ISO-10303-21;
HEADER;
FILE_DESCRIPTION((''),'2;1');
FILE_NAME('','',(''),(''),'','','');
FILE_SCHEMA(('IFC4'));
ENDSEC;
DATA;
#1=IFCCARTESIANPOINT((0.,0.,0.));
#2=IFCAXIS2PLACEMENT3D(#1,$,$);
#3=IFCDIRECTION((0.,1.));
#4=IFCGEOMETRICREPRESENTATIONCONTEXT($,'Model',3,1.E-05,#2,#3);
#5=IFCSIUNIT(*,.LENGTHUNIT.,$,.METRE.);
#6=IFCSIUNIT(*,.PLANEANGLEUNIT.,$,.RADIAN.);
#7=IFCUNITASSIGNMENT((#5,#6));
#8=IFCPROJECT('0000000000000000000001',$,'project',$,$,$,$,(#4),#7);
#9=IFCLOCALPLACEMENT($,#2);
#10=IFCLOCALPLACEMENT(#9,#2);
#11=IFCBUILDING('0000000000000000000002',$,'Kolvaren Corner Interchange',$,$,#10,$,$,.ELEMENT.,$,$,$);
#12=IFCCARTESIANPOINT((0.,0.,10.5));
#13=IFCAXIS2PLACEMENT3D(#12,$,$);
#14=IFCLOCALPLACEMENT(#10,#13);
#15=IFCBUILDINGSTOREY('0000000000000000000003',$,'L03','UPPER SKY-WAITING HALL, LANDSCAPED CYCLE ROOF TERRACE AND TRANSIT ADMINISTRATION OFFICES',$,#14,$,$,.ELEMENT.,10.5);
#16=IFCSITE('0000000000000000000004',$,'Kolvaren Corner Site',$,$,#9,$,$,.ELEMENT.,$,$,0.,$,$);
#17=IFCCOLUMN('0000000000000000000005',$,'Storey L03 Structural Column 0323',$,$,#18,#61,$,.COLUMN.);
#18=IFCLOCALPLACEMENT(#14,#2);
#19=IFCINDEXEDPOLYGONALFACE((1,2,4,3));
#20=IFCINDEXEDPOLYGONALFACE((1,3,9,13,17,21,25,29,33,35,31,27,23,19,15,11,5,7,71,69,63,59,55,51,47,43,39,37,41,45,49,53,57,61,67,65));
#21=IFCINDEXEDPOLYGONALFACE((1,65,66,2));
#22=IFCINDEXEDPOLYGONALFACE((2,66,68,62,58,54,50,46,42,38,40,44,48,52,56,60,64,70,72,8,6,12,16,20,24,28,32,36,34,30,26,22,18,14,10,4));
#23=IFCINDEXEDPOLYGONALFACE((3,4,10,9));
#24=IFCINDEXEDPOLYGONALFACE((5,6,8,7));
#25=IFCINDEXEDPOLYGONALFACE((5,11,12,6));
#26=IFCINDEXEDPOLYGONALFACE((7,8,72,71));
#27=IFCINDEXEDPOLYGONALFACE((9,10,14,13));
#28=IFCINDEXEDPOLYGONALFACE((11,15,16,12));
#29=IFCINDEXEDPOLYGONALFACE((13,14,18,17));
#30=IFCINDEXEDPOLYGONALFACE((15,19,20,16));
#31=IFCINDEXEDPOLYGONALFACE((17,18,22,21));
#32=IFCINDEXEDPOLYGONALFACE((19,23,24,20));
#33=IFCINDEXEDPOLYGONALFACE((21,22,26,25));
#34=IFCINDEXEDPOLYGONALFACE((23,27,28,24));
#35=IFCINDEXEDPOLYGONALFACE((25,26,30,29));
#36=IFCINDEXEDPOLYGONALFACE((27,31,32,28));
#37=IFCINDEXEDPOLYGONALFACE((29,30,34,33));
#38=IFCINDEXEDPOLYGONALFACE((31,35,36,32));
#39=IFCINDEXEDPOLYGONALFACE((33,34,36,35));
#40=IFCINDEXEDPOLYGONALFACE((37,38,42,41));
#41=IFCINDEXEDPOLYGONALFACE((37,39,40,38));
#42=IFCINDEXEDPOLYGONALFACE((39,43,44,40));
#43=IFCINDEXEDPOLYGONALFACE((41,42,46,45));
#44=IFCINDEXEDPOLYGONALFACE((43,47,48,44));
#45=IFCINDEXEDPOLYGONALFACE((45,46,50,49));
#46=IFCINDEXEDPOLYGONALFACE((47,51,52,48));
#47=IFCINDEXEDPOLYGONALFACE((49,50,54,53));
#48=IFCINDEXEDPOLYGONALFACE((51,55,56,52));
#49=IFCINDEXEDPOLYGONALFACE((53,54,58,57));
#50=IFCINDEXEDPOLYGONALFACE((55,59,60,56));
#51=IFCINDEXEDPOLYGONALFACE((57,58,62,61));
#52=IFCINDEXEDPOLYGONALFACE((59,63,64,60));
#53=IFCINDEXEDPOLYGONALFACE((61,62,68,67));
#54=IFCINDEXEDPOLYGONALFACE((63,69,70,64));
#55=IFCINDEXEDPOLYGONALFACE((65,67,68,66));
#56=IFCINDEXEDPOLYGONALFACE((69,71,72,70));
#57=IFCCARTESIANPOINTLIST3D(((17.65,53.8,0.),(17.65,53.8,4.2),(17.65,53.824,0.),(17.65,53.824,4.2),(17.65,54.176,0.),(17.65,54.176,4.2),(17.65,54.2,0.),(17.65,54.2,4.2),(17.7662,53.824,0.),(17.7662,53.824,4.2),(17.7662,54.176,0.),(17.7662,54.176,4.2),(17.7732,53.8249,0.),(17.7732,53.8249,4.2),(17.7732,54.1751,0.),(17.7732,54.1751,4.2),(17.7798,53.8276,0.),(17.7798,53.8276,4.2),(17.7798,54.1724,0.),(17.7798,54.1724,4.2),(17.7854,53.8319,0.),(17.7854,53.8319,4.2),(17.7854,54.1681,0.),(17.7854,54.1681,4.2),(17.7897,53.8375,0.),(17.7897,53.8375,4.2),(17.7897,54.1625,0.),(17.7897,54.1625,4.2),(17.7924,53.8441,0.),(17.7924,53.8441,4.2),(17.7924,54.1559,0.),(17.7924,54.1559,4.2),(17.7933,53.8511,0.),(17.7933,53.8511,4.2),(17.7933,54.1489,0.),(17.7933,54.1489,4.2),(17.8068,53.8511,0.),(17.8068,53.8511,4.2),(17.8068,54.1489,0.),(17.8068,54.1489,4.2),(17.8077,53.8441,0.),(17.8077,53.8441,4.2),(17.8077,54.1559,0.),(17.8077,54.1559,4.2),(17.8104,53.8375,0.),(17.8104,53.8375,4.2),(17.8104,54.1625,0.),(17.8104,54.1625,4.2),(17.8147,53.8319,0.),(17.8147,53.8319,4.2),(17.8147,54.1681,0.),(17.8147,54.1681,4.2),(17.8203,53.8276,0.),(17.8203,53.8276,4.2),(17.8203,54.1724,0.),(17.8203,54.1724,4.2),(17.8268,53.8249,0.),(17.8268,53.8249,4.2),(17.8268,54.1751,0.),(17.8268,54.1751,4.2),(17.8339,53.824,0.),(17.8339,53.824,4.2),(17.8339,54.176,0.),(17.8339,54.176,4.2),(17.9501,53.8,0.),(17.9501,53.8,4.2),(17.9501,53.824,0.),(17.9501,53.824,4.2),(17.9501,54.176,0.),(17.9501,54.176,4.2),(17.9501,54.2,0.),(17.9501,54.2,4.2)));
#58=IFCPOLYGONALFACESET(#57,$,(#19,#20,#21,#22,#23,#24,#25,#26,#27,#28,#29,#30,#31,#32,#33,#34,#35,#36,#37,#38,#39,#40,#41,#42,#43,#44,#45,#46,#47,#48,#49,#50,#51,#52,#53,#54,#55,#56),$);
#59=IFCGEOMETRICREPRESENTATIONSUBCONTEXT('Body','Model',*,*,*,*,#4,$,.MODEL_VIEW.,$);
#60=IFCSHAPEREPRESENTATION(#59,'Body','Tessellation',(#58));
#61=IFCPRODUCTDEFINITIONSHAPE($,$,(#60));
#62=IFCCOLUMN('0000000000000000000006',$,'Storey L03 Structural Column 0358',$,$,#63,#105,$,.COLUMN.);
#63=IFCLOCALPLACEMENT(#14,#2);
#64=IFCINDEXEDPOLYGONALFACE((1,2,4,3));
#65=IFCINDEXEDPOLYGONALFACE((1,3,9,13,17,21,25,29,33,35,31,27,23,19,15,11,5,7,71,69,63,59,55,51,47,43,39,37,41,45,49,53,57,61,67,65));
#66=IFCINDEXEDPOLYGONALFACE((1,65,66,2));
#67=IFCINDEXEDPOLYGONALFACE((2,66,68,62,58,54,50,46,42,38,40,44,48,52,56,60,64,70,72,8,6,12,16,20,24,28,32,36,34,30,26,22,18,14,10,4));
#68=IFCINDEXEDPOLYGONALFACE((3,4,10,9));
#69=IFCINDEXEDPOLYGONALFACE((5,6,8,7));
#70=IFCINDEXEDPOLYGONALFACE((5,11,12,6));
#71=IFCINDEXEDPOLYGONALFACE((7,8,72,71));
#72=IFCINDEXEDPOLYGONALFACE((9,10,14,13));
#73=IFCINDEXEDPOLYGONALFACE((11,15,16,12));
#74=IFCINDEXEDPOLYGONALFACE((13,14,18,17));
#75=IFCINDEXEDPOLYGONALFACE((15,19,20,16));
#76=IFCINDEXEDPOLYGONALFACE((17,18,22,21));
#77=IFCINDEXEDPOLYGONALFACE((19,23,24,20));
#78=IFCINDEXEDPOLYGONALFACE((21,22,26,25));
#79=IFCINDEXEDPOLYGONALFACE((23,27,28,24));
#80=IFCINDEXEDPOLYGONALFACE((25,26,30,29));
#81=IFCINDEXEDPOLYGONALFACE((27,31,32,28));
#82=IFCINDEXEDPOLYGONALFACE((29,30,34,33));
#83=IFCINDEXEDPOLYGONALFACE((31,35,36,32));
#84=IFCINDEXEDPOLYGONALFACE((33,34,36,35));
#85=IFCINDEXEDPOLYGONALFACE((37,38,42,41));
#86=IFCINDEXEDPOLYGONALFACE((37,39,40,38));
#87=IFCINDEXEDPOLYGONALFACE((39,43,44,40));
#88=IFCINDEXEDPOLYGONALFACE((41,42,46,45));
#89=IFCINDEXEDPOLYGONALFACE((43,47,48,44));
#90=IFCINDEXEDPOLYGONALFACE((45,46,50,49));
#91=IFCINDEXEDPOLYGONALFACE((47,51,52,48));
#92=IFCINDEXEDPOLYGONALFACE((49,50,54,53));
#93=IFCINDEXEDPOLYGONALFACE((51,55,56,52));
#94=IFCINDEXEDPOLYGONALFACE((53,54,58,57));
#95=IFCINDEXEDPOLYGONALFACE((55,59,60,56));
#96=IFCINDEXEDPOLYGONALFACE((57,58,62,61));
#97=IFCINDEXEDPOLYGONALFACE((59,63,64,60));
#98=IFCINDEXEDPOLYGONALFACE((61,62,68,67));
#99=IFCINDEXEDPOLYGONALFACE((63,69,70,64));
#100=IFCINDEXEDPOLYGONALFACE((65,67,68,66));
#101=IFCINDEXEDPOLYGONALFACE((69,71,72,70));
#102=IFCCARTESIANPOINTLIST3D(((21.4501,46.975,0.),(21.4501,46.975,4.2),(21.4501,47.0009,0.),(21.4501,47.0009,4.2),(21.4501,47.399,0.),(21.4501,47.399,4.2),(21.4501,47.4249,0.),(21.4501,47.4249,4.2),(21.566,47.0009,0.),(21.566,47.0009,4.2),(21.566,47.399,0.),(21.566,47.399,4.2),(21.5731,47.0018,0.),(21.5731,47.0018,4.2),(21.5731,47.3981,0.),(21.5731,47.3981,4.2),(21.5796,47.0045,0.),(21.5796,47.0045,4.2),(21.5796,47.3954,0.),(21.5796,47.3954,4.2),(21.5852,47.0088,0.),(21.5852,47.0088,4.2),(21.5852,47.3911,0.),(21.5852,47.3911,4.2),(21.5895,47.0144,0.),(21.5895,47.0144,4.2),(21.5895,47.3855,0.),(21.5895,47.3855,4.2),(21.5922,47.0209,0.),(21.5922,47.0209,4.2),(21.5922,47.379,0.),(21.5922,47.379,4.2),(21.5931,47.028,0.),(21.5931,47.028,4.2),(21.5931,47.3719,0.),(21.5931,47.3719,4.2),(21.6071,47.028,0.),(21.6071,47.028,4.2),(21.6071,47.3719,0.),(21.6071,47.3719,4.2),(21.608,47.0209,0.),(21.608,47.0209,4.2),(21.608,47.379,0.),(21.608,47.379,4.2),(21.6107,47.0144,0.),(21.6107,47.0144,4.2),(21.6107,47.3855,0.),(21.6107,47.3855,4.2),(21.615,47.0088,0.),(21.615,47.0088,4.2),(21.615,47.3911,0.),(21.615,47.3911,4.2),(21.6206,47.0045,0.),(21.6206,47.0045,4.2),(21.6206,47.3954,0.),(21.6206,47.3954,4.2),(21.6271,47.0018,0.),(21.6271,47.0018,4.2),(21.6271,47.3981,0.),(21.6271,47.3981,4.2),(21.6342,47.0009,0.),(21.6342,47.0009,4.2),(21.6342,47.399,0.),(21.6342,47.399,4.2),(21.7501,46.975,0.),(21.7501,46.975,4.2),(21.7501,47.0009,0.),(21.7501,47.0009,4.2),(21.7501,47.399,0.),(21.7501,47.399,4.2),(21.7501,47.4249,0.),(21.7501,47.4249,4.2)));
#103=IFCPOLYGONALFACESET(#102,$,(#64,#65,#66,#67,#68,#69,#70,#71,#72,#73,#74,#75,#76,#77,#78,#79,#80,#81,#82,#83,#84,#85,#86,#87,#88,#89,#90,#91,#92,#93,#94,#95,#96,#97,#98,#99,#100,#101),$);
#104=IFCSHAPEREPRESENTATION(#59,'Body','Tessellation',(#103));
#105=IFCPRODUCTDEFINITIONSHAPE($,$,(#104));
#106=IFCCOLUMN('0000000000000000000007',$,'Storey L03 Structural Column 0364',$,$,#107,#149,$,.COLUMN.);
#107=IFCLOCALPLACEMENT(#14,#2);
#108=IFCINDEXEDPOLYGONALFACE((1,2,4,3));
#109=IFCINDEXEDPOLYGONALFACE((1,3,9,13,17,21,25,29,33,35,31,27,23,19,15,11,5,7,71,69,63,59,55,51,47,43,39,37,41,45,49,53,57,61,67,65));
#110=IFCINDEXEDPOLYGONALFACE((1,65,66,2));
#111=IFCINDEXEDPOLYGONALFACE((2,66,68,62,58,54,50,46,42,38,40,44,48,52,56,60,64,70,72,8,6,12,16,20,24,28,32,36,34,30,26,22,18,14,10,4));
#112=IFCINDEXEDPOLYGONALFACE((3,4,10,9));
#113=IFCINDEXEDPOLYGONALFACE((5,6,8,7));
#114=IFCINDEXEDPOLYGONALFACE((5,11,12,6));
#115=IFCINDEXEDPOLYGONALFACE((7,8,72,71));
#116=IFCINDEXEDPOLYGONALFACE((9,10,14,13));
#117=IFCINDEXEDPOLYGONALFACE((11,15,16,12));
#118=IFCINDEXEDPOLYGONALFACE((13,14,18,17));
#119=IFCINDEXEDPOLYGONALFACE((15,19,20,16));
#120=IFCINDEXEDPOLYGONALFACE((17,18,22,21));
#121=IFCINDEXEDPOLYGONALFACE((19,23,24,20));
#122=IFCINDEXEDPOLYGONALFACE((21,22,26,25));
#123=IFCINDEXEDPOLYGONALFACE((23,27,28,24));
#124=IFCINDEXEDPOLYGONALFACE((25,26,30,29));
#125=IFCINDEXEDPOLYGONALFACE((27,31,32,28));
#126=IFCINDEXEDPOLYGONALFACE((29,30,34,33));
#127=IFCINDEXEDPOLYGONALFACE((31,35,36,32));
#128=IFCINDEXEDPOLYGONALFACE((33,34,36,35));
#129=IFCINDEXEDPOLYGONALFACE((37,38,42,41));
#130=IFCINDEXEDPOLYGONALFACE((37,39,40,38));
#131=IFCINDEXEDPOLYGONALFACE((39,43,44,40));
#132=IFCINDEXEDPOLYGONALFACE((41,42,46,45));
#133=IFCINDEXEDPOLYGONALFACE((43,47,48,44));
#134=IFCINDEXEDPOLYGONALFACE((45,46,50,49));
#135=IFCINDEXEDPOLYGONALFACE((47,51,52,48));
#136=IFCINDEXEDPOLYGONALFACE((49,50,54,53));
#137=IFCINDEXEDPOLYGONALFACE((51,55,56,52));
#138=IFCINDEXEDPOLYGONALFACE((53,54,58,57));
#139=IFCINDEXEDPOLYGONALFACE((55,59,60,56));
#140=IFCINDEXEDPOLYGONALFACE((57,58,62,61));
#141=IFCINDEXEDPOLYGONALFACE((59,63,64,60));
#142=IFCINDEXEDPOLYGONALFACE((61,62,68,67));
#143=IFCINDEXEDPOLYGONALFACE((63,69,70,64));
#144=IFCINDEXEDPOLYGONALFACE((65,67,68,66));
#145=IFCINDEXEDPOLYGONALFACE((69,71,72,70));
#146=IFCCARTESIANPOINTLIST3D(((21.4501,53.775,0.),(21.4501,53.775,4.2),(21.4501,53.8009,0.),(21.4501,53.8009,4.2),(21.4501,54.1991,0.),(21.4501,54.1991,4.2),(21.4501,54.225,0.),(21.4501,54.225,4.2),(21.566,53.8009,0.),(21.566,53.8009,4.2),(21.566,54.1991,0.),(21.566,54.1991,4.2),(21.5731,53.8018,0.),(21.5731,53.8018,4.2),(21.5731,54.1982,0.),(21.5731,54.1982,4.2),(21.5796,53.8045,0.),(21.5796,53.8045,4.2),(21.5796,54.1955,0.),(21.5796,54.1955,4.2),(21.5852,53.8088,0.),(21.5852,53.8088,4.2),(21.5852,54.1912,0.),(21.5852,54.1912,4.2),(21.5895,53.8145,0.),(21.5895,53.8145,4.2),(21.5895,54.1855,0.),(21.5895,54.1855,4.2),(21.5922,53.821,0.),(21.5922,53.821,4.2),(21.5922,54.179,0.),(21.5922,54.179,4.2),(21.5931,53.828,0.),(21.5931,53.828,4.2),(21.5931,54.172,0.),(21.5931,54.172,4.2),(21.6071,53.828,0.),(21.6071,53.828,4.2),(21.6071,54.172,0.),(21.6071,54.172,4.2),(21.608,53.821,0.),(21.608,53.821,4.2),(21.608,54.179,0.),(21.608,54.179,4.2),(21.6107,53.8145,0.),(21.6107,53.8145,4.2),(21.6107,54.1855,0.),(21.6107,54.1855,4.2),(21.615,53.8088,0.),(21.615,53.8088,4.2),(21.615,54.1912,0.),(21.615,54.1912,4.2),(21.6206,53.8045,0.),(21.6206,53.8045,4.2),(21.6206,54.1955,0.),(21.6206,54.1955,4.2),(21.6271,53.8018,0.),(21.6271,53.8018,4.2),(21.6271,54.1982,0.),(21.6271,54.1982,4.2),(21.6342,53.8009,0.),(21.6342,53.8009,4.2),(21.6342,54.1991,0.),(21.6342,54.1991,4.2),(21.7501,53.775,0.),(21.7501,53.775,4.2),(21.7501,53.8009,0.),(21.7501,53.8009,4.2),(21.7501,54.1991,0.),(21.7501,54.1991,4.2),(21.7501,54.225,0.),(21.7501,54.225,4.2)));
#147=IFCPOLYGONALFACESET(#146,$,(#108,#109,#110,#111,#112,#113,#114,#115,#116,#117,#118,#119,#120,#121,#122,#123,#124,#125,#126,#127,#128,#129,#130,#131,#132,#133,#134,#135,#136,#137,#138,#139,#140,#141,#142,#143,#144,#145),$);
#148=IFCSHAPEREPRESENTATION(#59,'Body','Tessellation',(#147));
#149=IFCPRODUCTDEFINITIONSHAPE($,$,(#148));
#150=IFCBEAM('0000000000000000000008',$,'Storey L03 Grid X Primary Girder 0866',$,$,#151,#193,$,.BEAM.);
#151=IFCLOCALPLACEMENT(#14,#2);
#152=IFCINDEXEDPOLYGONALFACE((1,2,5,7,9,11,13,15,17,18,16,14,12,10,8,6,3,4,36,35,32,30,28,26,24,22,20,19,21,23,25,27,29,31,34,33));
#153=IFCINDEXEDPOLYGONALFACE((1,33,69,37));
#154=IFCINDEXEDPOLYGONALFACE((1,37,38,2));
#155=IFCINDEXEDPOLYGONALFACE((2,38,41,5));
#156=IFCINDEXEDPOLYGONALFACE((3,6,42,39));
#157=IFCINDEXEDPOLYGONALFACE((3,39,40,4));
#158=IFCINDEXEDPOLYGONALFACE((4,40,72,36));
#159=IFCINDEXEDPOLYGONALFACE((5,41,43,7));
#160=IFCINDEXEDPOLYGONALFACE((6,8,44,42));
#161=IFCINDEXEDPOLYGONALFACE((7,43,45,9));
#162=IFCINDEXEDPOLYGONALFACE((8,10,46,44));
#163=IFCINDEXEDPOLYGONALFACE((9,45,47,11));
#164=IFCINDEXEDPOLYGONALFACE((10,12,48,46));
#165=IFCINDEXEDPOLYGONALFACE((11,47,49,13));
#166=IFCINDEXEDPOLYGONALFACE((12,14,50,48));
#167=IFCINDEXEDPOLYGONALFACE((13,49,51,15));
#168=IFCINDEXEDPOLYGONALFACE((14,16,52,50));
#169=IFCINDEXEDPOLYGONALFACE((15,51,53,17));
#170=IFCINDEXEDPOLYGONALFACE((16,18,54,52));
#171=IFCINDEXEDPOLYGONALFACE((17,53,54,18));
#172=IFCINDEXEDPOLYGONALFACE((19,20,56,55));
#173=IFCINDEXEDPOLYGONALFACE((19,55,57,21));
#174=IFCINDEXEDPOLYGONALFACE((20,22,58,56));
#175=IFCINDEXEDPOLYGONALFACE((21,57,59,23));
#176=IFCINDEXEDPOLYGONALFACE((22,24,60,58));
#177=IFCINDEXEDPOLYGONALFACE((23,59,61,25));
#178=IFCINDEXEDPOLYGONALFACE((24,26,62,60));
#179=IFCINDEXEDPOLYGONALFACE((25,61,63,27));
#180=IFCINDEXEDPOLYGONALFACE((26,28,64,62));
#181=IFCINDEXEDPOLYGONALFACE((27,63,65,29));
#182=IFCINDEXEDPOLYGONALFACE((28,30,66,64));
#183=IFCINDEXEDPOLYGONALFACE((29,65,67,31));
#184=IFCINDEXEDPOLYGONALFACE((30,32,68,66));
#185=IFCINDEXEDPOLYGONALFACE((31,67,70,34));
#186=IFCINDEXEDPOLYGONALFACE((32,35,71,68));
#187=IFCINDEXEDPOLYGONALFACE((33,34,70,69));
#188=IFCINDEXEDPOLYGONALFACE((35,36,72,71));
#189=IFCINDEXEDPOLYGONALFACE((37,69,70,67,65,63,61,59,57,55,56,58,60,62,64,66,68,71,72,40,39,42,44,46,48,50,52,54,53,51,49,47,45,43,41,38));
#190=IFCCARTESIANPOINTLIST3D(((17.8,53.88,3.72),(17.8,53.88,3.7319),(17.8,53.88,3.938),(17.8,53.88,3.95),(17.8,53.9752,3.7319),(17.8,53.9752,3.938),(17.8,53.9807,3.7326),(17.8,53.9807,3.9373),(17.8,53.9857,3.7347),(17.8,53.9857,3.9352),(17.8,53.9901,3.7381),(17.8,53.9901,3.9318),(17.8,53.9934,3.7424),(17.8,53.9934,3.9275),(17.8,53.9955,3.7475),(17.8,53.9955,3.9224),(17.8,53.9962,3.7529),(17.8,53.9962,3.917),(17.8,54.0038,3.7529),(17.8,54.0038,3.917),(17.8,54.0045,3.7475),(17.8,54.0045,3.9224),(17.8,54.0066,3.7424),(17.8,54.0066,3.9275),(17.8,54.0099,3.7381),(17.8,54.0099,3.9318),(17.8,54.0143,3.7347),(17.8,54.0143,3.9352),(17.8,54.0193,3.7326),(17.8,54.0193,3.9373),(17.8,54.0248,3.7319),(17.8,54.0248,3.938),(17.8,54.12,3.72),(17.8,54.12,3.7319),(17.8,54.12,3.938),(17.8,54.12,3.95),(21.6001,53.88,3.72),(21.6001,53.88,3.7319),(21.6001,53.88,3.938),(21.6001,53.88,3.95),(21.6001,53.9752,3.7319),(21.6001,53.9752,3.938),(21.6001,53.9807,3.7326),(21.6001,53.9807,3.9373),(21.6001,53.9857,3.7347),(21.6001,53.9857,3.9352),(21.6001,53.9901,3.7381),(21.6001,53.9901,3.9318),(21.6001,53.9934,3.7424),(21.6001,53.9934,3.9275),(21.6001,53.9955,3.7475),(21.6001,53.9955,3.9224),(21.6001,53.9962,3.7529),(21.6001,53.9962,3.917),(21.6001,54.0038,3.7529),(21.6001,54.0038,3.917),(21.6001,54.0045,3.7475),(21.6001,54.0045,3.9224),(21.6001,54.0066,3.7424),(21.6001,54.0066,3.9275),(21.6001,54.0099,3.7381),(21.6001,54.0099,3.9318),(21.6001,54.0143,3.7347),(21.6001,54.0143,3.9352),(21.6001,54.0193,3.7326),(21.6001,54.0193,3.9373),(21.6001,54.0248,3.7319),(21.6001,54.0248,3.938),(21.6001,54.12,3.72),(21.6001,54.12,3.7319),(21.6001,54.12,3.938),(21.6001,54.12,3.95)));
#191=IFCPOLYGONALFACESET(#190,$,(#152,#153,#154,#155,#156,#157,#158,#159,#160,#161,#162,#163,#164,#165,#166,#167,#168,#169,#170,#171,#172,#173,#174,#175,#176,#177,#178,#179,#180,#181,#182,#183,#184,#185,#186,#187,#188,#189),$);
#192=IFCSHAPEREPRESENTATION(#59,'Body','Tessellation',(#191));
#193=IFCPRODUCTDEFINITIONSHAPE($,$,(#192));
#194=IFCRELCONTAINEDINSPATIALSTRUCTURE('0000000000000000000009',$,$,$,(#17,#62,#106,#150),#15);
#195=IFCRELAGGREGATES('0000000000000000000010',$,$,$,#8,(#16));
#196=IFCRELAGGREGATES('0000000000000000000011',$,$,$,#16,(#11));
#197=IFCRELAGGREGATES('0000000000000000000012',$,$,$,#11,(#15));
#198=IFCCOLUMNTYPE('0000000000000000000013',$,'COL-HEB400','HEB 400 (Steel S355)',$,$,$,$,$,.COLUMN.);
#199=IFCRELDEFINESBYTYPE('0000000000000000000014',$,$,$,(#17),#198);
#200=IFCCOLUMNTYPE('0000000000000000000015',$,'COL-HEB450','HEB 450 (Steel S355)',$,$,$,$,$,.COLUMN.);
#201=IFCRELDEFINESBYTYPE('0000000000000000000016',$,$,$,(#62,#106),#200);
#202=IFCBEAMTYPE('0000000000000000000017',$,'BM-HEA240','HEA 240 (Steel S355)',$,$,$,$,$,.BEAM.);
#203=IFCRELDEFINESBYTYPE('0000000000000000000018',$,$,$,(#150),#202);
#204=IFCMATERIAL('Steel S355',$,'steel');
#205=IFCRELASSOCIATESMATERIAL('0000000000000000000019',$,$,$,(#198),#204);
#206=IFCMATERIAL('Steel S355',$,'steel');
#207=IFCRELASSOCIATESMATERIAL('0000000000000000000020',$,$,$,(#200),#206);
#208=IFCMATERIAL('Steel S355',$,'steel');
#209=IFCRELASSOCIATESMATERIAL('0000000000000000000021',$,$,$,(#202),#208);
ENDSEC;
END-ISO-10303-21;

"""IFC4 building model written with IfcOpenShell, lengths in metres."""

from ifc_helpers import new_model, si_unit, direction, frame, origin, origin_2d, place, context, subcontext, project, spatial, i_section, extrude, material, material_profile, profile_set, type_object, element, save


model = new_model("IFC4")

# Units and contexts
model_context = context("Model", 3, precision=1e-05, world=origin(), true_north=direction((0.0, 1.0)))
body_context = subcontext(model_context, "Body", "Model", "MODEL_VIEW")
ifc_project = project(units=[si_unit("LENGTHUNIT", "METRE"), si_unit("PLANEANGLEUNIT", "RADIAN")], contexts=[model_context])

# Site, building, storey
site_placement = place(None, origin())
site = spatial("IfcSite", under=ifc_project, at=site_placement, Name="Kolvaren Corner Site", CompositionType="ELEMENT", RefElevation=0.0)
building_placement = place(site_placement, origin())
building = spatial("IfcBuilding", under=site, at=building_placement, Name="Kolvaren Corner Interchange", CompositionType="ELEMENT")
storey_placement = place(building_placement, frame((0.0, 0.0, 10.5)))
storey = spatial("IfcBuildingStorey", under=building, at=storey_placement, Name="L03", Description="UPPER SKY-WAITING HALL, LANDSCAPED CYCLE ROOF TERRACE AND TRANSIT ADMINISTRATION OFFICES", CompositionType="ELEMENT", Elevation=10.5)

# Columns
ifc_material_1 = material(Name="Steel S355", Category="steel")
ifc_material_profile_1 = material_profile(ifc_material_1, i_section(OverallWidth=0.3, OverallDepth=0.3999, WebThickness=0.0134, FlangeThickness=0.0239, FilletRadius=0.0271, at=origin_2d()), Name="HEB 400")
ifc_profile_set_1 = profile_set([ifc_material_profile_1], Name="Steel S355")
column_type_1 = type_object("IfcColumnType", Name="COL-HEB400", Description="HEB 400 (Steel S355)", PredefinedType="COLUMN", material=ifc_profile_set_1)
column_placement = place(storey_placement, frame((17.8, 54.0, 0.0), z_axis=(0.0, 0.0, 1.0), x_axis=(1.0, 0.0, 0.0)))
element("IfcColumn", 1, at=column_placement, inside=storey, type_object=column_type_1, Name="Storey L03 Structural Column 0323", PredefinedType="COLUMN", context=body_context, shape_type="SweptSolid", body=[
    extrude(i_section(OverallWidth=0.3, OverallDepth=0.3999, WebThickness=0.0134, FlangeThickness=0.0239, FilletRadius=0.0271, at=origin_2d()), origin(), (0.0, 0.0, 1.0), 4.2),
])
ifc_material_2 = material(Name="Steel S355", Category="steel")
ifc_material_profile_2 = material_profile(ifc_material_2, i_section(OverallWidth=0.3, OverallDepth=0.45, WebThickness=0.0139, FlangeThickness=0.0259, FilletRadius=0.0271, at=origin_2d()), Name="HEB 450")
ifc_profile_set_2 = profile_set([ifc_material_profile_2], Name="Steel S355")
column_type_2 = type_object("IfcColumnType", Name="COL-HEB450", Description="HEB 450 (Steel S355)", PredefinedType="COLUMN", material=ifc_profile_set_2)
for number, where, z_axis, x_axis, name in (
    (2, (21.6001, 47.2, 0.0), (0.0, 0.0, 1.0), (1.0, 0.0, 0.0), "Storey L03 Structural Column 0358"),
    (3, (21.6001, 54.0, 0.0), (0.0, 0.0, 1.0), (1.0, 0.0, 0.0), "Storey L03 Structural Column 0364"),
):
    element("IfcColumn", number, at=place(storey_placement, frame(where, z_axis=z_axis, x_axis=x_axis)), inside=storey, type_object=column_type_2, Name=name, PredefinedType="COLUMN", context=body_context, shape_type="SweptSolid", body=[
        extrude(i_section(OverallWidth=0.3, OverallDepth=0.45, WebThickness=0.0139, FlangeThickness=0.0259, FilletRadius=0.0271, at=origin_2d()), origin(), (0.0, 0.0, 1.0), 4.2),
    ])

# Beam
ifc_material_3 = material(Name="Steel S355", Category="steel")
ifc_material_profile_3 = material_profile(ifc_material_3, i_section(OverallWidth=0.24, OverallDepth=0.23, WebThickness=0.0076, FlangeThickness=0.012, FilletRadius=0.021, at=origin_2d()), Name="HEA 240")
ifc_profile_set_3 = profile_set([ifc_material_profile_3], Name="Steel S355")
beam_type_1 = type_object("IfcBeamType", Name="BM-HEA240", Description="HEA 240 (Steel S355)", PredefinedType="BEAM", material=ifc_profile_set_3)
beam_1_placement = place(storey_placement, frame((17.8, 54.0, 3.835), z_axis=(1.0, 0.0, 0.0), x_axis=(0.0, 1.0, 0.0)))
element("IfcBeam", 4, at=beam_1_placement, inside=storey, type_object=beam_type_1, Name="Storey L03 Grid X Primary Girder 0866", PredefinedType="BEAM", context=body_context, shape_type="SweptSolid", body=[
    extrude(i_section(OverallWidth=0.24, OverallDepth=0.23, WebThickness=0.0076, FlangeThickness=0.012, FilletRadius=0.021, at=origin_2d()), origin(), (0.0, 0.0, 1.0), 3.8),
])

save(model, "model.ifc")
